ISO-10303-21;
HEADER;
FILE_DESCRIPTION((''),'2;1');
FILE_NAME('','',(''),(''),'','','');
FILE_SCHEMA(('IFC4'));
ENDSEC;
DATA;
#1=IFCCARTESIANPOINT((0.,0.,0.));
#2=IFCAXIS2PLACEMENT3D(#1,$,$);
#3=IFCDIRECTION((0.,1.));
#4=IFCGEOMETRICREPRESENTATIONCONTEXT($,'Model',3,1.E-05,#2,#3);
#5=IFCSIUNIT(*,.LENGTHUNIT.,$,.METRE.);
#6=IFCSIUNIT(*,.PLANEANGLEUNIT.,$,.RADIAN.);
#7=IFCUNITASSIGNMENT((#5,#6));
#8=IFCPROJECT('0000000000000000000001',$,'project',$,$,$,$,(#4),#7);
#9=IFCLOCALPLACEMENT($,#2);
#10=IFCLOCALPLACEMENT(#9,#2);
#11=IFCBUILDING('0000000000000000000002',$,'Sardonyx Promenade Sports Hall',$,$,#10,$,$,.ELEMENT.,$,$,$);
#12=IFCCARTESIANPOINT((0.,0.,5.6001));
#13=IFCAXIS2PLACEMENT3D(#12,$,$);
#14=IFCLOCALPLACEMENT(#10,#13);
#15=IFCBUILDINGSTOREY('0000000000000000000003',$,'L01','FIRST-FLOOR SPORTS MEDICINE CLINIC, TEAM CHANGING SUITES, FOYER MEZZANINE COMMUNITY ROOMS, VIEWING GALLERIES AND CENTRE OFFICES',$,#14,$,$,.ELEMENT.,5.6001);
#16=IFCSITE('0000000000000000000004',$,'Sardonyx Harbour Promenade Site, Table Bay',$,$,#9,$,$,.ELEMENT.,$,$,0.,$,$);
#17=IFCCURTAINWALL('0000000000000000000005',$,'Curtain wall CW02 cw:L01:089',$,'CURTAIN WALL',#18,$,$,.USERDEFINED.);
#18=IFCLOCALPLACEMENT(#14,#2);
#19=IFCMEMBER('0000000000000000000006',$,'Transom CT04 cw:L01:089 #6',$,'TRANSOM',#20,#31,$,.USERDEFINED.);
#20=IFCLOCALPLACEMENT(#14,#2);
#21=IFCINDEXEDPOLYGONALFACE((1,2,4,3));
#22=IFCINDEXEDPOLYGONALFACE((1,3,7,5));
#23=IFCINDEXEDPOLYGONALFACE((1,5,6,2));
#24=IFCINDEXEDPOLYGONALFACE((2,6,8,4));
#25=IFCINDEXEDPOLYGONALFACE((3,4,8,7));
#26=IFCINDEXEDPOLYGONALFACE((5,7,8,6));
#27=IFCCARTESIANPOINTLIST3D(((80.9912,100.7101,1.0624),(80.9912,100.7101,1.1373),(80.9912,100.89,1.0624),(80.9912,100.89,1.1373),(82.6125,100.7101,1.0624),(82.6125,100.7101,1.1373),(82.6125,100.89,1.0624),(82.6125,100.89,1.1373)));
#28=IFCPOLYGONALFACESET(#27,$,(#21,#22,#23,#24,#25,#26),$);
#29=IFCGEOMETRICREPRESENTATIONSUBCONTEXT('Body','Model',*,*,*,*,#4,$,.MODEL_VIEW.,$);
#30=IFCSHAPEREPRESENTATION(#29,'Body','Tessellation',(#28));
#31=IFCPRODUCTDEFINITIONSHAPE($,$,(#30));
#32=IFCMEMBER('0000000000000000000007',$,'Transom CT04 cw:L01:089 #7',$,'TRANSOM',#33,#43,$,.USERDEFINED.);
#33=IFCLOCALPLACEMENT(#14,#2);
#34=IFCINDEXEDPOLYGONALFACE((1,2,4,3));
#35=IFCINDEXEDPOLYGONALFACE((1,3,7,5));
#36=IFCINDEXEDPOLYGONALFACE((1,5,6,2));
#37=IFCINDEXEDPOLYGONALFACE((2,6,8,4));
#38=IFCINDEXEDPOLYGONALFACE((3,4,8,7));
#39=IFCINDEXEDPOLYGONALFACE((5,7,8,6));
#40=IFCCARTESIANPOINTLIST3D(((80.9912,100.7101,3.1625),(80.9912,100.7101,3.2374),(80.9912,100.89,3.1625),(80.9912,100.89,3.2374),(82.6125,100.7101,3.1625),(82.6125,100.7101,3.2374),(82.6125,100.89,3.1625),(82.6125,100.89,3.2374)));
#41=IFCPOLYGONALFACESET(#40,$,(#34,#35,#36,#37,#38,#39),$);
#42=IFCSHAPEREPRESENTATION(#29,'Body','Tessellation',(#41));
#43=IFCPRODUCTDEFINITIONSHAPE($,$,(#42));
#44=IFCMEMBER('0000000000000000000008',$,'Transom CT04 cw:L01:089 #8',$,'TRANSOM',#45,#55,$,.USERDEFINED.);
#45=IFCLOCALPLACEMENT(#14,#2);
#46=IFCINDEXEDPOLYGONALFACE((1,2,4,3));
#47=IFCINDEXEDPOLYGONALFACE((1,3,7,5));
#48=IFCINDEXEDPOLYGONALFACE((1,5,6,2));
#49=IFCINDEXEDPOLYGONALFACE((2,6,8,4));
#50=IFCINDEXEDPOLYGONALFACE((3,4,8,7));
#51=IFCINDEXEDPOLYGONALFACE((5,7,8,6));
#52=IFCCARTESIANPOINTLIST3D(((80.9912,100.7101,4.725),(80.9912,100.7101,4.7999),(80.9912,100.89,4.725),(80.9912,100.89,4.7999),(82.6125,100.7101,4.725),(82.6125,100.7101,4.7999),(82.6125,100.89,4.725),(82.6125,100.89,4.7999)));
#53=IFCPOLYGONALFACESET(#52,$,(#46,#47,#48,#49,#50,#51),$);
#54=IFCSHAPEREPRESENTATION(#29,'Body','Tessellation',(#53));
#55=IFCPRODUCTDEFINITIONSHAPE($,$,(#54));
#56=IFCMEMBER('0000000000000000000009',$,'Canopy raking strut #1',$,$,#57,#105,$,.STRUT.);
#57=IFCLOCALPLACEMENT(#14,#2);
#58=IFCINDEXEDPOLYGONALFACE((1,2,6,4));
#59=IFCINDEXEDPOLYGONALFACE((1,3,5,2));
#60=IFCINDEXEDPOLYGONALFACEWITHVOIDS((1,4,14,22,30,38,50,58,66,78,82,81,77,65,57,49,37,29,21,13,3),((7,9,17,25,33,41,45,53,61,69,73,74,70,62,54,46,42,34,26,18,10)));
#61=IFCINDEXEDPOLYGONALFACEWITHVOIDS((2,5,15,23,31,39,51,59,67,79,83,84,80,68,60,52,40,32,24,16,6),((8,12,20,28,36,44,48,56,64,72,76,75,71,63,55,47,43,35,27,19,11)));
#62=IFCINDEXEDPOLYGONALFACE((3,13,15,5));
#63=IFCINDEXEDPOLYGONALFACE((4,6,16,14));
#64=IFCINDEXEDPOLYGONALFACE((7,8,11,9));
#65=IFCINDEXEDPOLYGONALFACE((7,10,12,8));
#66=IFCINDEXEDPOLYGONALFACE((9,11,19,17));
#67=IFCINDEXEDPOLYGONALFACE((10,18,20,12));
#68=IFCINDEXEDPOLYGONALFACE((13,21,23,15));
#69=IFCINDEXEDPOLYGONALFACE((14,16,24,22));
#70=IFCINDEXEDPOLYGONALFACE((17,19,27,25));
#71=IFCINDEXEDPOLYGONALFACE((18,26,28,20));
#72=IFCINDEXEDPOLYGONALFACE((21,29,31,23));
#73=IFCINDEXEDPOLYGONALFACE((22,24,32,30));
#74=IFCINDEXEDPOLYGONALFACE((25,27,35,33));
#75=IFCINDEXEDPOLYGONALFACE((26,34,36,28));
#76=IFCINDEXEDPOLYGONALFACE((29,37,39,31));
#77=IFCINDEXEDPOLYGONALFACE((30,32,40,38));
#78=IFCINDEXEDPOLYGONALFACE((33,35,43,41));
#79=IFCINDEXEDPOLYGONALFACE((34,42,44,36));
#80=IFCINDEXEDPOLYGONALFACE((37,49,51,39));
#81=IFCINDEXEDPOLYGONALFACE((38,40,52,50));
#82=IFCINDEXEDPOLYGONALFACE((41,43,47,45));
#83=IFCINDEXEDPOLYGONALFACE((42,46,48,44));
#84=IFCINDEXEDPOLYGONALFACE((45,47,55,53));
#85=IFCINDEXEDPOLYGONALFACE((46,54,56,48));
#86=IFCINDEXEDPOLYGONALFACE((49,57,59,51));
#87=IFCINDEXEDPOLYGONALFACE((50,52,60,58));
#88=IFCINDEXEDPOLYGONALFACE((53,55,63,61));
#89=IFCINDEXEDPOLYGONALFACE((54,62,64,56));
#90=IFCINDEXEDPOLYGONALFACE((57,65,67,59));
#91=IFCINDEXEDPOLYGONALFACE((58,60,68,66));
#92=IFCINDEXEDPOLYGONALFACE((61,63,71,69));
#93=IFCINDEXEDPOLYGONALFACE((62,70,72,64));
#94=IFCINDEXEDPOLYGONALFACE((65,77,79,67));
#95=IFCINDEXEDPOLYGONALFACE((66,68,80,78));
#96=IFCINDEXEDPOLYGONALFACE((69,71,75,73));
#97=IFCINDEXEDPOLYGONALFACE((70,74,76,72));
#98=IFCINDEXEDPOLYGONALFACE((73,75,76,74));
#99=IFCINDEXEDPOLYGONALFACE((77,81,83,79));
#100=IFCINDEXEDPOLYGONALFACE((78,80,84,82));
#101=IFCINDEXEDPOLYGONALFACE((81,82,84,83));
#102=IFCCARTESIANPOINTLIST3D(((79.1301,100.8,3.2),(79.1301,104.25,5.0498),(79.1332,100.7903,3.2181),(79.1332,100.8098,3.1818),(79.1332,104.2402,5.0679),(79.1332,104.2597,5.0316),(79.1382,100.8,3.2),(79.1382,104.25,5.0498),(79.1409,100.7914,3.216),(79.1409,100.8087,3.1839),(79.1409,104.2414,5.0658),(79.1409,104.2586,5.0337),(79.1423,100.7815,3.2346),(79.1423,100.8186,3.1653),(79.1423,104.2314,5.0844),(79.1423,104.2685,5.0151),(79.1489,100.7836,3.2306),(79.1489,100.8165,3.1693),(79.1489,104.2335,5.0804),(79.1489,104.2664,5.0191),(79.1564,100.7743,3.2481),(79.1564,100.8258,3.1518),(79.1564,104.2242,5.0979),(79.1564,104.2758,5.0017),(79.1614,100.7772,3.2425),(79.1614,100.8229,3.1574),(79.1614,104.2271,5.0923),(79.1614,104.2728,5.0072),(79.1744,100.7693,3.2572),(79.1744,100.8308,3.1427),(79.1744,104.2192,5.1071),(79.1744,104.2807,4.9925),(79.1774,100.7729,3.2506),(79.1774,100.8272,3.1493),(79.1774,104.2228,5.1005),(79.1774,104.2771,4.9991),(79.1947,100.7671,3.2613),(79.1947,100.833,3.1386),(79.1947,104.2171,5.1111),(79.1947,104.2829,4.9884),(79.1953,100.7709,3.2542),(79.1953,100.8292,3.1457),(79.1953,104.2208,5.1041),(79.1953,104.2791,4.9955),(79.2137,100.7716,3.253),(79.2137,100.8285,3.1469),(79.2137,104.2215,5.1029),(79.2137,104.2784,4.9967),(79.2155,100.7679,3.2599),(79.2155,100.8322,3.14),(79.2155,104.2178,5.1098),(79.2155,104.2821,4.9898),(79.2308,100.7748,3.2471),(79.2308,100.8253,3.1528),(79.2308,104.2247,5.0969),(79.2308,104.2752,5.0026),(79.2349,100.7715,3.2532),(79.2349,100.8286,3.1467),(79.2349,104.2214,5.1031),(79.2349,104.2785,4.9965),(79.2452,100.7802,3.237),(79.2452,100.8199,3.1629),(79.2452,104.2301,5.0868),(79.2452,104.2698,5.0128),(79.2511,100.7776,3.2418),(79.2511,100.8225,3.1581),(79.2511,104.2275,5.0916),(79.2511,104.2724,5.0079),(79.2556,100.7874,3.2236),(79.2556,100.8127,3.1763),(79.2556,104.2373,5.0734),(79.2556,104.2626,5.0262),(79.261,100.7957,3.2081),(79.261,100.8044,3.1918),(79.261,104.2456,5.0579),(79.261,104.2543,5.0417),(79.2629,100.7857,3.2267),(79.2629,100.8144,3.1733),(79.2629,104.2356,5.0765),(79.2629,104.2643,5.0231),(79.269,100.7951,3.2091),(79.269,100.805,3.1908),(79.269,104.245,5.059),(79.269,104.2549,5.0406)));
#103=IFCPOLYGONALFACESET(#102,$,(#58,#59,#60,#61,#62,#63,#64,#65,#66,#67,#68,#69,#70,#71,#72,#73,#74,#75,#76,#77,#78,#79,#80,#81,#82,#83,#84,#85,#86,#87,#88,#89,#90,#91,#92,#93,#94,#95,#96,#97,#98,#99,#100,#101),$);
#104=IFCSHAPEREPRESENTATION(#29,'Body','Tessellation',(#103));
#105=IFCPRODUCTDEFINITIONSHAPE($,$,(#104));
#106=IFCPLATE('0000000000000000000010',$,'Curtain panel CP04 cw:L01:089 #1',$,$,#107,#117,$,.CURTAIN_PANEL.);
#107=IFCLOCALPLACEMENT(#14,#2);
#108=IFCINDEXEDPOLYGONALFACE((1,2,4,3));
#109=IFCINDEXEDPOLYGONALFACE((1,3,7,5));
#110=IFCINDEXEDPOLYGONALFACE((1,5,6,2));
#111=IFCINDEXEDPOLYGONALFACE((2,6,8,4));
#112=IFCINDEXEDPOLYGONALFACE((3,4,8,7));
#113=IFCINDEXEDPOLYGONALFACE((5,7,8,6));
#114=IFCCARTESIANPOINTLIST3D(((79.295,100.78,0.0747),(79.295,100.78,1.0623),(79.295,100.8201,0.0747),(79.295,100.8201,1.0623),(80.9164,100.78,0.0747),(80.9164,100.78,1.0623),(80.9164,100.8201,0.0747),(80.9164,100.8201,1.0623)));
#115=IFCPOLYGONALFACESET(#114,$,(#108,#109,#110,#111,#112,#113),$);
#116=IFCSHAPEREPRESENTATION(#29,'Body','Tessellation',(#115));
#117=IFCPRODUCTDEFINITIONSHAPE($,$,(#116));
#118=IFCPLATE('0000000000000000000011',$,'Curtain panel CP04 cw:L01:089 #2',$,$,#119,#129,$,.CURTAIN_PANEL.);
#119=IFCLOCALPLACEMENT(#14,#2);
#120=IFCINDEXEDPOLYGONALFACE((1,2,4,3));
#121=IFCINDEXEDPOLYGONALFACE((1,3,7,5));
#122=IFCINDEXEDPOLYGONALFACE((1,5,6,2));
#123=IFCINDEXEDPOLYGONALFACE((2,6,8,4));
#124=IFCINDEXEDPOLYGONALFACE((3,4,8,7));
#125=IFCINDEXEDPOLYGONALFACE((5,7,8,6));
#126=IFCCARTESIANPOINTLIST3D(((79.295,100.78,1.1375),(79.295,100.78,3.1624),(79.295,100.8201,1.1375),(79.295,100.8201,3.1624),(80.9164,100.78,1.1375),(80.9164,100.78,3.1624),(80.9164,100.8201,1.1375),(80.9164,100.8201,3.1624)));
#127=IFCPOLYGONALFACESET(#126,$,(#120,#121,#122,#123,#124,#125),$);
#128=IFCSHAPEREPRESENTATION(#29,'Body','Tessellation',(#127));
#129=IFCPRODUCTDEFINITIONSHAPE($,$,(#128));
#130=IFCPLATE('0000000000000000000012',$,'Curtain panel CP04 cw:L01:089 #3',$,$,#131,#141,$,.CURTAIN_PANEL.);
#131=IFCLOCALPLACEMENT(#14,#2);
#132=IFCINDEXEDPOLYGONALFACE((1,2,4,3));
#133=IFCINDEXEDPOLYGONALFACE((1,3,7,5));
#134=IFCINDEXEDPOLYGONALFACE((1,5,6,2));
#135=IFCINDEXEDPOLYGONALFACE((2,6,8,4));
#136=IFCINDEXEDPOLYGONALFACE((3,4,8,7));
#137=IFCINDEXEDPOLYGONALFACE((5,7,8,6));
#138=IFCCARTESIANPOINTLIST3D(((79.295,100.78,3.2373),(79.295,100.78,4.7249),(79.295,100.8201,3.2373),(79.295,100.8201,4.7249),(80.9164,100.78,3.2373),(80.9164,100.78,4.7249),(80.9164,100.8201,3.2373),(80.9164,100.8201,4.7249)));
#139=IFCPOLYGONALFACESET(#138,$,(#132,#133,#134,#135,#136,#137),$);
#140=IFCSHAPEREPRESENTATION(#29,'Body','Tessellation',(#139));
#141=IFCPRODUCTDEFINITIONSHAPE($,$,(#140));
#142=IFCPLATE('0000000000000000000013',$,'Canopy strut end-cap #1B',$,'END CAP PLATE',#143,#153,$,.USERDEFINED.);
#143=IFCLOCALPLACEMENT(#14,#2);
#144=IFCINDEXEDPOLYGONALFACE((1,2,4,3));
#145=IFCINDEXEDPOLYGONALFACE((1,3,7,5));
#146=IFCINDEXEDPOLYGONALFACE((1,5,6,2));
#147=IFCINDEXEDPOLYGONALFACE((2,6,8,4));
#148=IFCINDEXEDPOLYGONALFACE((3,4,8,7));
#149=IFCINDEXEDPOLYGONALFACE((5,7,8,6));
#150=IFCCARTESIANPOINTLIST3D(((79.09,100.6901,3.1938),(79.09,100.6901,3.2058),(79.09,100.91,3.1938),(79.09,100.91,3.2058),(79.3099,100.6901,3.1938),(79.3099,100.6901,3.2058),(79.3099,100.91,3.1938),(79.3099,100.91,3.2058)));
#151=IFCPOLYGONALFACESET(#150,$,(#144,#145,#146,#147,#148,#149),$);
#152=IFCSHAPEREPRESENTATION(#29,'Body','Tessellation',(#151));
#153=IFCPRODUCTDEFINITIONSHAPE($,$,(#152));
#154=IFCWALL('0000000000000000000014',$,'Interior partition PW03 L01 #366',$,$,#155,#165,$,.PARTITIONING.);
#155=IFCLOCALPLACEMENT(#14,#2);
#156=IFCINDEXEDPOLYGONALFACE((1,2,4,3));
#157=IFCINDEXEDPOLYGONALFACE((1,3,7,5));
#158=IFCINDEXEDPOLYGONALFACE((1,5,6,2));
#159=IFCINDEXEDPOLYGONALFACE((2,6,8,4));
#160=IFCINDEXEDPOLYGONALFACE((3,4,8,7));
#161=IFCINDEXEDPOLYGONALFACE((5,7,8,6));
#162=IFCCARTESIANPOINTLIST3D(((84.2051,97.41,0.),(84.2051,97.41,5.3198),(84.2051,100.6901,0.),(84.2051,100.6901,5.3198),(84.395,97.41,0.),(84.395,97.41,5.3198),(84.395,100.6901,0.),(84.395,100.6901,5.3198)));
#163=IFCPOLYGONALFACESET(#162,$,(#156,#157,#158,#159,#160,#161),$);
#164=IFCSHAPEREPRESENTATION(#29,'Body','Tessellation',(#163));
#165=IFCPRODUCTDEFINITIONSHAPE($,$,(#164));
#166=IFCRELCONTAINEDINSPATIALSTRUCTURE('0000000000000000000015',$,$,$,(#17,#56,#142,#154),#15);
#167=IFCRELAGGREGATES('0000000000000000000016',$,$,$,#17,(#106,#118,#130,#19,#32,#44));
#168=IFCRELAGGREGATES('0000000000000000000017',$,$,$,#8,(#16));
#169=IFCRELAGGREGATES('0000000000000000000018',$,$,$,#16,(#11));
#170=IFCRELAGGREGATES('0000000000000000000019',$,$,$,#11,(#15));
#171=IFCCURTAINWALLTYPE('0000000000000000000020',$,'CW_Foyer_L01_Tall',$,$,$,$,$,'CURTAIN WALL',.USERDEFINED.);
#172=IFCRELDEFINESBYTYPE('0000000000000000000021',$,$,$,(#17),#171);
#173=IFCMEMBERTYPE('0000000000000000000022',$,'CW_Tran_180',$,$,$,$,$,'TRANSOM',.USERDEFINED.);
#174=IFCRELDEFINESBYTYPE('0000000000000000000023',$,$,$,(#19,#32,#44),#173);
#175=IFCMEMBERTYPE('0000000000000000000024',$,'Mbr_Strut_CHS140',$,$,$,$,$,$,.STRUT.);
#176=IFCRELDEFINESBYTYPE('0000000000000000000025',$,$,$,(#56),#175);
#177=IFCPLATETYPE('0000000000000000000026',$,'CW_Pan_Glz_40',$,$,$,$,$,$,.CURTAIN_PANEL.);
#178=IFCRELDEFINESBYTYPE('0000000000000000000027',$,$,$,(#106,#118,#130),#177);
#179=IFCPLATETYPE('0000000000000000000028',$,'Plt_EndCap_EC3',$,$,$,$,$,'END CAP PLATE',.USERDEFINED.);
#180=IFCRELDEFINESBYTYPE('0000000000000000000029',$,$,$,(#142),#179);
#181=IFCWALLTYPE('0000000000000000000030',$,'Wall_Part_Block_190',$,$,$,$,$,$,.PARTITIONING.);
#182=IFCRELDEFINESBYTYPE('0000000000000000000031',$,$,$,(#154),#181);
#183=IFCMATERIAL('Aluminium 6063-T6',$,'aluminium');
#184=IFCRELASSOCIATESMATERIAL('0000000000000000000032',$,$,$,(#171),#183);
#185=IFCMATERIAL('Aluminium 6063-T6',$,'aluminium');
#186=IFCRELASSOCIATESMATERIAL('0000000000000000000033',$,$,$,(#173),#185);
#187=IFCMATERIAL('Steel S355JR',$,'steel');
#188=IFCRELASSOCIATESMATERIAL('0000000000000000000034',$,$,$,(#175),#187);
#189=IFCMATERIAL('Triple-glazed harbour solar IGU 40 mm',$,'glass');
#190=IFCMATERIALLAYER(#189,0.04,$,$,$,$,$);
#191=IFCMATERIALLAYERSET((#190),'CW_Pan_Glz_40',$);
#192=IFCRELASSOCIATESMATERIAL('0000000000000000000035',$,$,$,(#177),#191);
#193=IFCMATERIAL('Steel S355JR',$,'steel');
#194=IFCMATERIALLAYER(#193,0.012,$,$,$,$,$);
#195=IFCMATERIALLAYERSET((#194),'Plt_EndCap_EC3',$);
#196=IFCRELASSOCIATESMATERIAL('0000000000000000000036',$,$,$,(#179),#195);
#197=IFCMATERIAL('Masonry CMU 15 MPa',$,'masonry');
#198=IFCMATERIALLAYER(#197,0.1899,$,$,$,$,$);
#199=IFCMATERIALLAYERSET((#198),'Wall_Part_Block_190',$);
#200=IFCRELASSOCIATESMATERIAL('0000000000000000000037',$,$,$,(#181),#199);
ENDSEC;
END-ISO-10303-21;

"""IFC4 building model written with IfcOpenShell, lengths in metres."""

from ifc_helpers import new_model, si_unit, direction, frame, frame_2d, origin, origin_2d, place, context, subcontext, project, spatial, rectangle, hollow_circle, extrude, material, layer, layer_set, material_profile, profile_set, type_object, element, aggregate, save


model = new_model("IFC4")

# Units and contexts
model_context = context("Model", 3, precision=1e-05, world=origin(), true_north=direction((0.0, 1.0)))
body_context = subcontext(model_context, "Body", "Model", "MODEL_VIEW")
ifc_project = project(units=[si_unit("LENGTHUNIT", "METRE"), si_unit("PLANEANGLEUNIT", "RADIAN")], contexts=[model_context])

# Site, building, storey
site_placement = place(None, origin())
site = spatial("IfcSite", under=ifc_project, at=site_placement, Name="Sardonyx Harbour Promenade Site, Table Bay", CompositionType="ELEMENT", RefElevation=0.0)
building_placement = place(site_placement, origin())
building = spatial("IfcBuilding", under=site, at=building_placement, Name="Sardonyx Promenade Sports Hall", CompositionType="ELEMENT")
storey_placement = place(building_placement, frame((0.0, 0.0, 5.6001)))
storey = spatial("IfcBuildingStorey", under=building, at=storey_placement, Name="L01", Description="FIRST-FLOOR SPORTS MEDICINE CLINIC, TEAM CHANGING SUITES, FOYER MEZZANINE COMMUNITY ROOMS, VIEWING GALLERIES AND CENTRE OFFICES", CompositionType="ELEMENT", Elevation=5.6001)

# Curtain wall, members
ifc_material_1 = material(Name="Aluminium 6063-T6", Category="aluminium")
curtain_wall_type = type_object("IfcCurtainWallType", Name="CW_Foyer_L01_Tall", ElementType="CURTAIN WALL", PredefinedType="USERDEFINED", material=ifc_material_1)
curtain_wall_placement = place(storey_placement, origin())
curtain_wall = element("IfcCurtainWall", 1, at=curtain_wall_placement, inside=storey, type_object=curtain_wall_type, Name="Curtain wall CW02 cw:L01:089", ObjectType="CURTAIN WALL", PredefinedType="USERDEFINED")
ifc_material_2 = material(Name="Aluminium 6063-T6", Category="aluminium")
ifc_material_profile_1 = material_profile(ifc_material_2, rectangle(XDim=0.075, YDim=0.1799, at=origin_2d()))
ifc_profile_set_1 = profile_set([ifc_material_profile_1], Name="Aluminium 6063-T6")
member_type_1 = type_object("IfcMemberType", Name="CW_Tran_180", ElementType="TRANSOM", PredefinedType="USERDEFINED", material=ifc_profile_set_1)
member_1_placement = place(storey_placement, frame((80.9912, 100.8, 1.0999), z_axis=(1.0, 0.0, 0.0), x_axis=(0.0, 0.0, 1.0)))
member_1 = element("IfcMember", 2, at=member_1_placement, type_object=member_type_1, Name="Transom CT04 cw:L01:089 #6", ObjectType="TRANSOM", PredefinedType="USERDEFINED", context=body_context, shape_type="SweptSolid", body=[
    extrude(rectangle(XDim=0.075, YDim=0.1799, at=origin_2d()), origin(), (0.0, 0.0, 1.0), 1.6213),
])
member_2_placement = place(storey_placement, frame((80.9912, 100.8, 3.2), z_axis=(1.0, 0.0, 0.0), x_axis=(0.0, 0.0, 1.0)))
member_2 = element("IfcMember", 3, at=member_2_placement, type_object=member_type_1, Name="Transom CT04 cw:L01:089 #7", ObjectType="TRANSOM", PredefinedType="USERDEFINED", context=body_context, shape_type="SweptSolid", body=[
    extrude(rectangle(XDim=0.075, YDim=0.1799, at=origin_2d()), origin(), (0.0, 0.0, 1.0), 1.6213),
])
member_3_placement = place(storey_placement, frame((80.9912, 100.8, 4.7625), z_axis=(1.0, 0.0, 0.0), x_axis=(0.0, 0.0, 1.0)))
member_3 = element("IfcMember", 4, at=member_3_placement, type_object=member_type_1, Name="Transom CT04 cw:L01:089 #8", ObjectType="TRANSOM", PredefinedType="USERDEFINED", context=body_context, shape_type="SweptSolid", body=[
    extrude(rectangle(XDim=0.075, YDim=0.1799, at=origin_2d()), origin(), (0.0, 0.0, 1.0), 1.6213),
])

# Member
ifc_material_3 = material(Name="Steel S355JR", Category="steel")
ifc_material_profile_2 = material_profile(ifc_material_3, hollow_circle(Radius=0.0698, WallThickness=0.0081, at=origin_2d()))
ifc_profile_set_2 = profile_set([ifc_material_profile_2], Name="Steel S355JR")
member_type_2 = type_object("IfcMemberType", Name="Mbr_Strut_CHS140", PredefinedType="STRUT", material=ifc_profile_set_2)
member_4_placement = place(storey_placement, frame((79.2, 100.8, 3.2), z_axis=(0.0, 0.881303, 0.472552), x_axis=(-1.0, 0.0, 0.0)))
element("IfcMember", 5, at=member_4_placement, inside=storey, type_object=member_type_2, Name="Canopy raking strut #1", PredefinedType="STRUT", context=body_context, shape_type="SweptSolid", body=[
    extrude(hollow_circle(Radius=0.0698, WallThickness=0.0081, at=origin_2d()), origin(), (0.0, 0.0, 1.0), 3.9146),
])

# Plates
ifc_material_4 = material(Name="Triple-glazed harbour solar IGU 40 mm", Category="glass")
ifc_layer_1 = layer(ifc_material_4, 0.04)
ifc_layer_set_1 = layer_set([ifc_layer_1], Name="CW_Pan_Glz_40")
plate_type_1 = type_object("IfcPlateType", Name="CW_Pan_Glz_40", PredefinedType="CURTAIN_PANEL", material=ifc_layer_set_1)
plate_1_placement = place(storey_placement, frame((80.1057, 100.8, 0.0747), z_axis=(0.0, 0.0, 1.0), x_axis=(1.0, 0.0, 0.0)))
plate_1 = element("IfcPlate", 6, at=plate_1_placement, type_object=plate_type_1, Name="Curtain panel CP04 cw:L01:089 #1", PredefinedType="CURTAIN_PANEL", context=body_context, shape_type="SweptSolid", body=[
    extrude(rectangle(XDim=1.6213, YDim=0.04, at=origin_2d()), origin(), (0.0, 0.0, 1.0), 0.9875),
])
plate_2_placement = place(storey_placement, frame((80.1057, 100.8, 1.1375), z_axis=(0.0, 0.0, 1.0), x_axis=(1.0, 0.0, 0.0)))
plate_2 = element("IfcPlate", 7, at=plate_2_placement, type_object=plate_type_1, Name="Curtain panel CP04 cw:L01:089 #2", PredefinedType="CURTAIN_PANEL", context=body_context, shape_type="SweptSolid", body=[
    extrude(rectangle(XDim=1.6213, YDim=0.04, at=origin_2d()), origin(), (0.0, 0.0, 1.0), 2.0249),
])
plate_3_placement = place(storey_placement, frame((80.1057, 100.8, 3.2373), z_axis=(0.0, 0.0, 1.0), x_axis=(1.0, 0.0, 0.0)))
plate_3 = element("IfcPlate", 8, at=plate_3_placement, type_object=plate_type_1, Name="Curtain panel CP04 cw:L01:089 #3", PredefinedType="CURTAIN_PANEL", context=body_context, shape_type="SweptSolid", body=[
    extrude(rectangle(XDim=1.6213, YDim=0.04, at=origin_2d()), origin(), (0.0, 0.0, 1.0), 1.4875),
])
aggregate(curtain_wall, [plate_1, plate_2, plate_3, member_1, member_2, member_3])
ifc_material_5 = material(Name="Steel S355JR", Category="steel")
ifc_layer_2 = layer(ifc_material_5, 0.012)
ifc_layer_set_2 = layer_set([ifc_layer_2], Name="Plt_EndCap_EC3")
plate_type_2 = type_object("IfcPlateType", Name="Plt_EndCap_EC3", ElementType="END CAP PLATE", PredefinedType="USERDEFINED", material=ifc_layer_set_2)
plate_4_placement = place(storey_placement, frame((79.2, 100.8, 3.1938), z_axis=(0.0, 0.0, 1.0), x_axis=(1.0, 0.0, 0.0)))
element("IfcPlate", 9, at=plate_4_placement, inside=storey, type_object=plate_type_2, Name="Canopy strut end-cap #1B", ObjectType="END CAP PLATE", PredefinedType="USERDEFINED", context=body_context, shape_type="SweptSolid", body=[
    extrude(rectangle(XDim=0.22, YDim=0.22, at=origin_2d()), origin(), (0.0, 0.0, 1.0), 0.012),
])

# Shared definitions
ifc_material_6 = material(Name="Masonry CMU 15 MPa", Category="masonry")
ifc_layer_3 = layer(ifc_material_6, 0.1899)
ifc_layer_set_3 = layer_set([ifc_layer_3], Name="Wall_Part_Block_190")
wall_type = type_object("IfcWallType", Name="Wall_Part_Block_190", PredefinedType="PARTITIONING", material=ifc_layer_set_3)

# Wall
wall_1_placement = place(storey_placement, frame((84.3, 97.4099, 0.0), z_axis=(0.0, 0.0, 1.0), x_axis=(0.0, 1.0, 0.0)))
element("IfcWall", 10, at=wall_1_placement, inside=storey, type_object=wall_type, Name="Interior partition PW03 L01 #366", PredefinedType="PARTITIONING", context=body_context, shape_type="SweptSolid", body=[
    extrude(rectangle(XDim=3.28, YDim=0.1899, at=frame_2d((1.6401, 0.0))), origin(), (0.0, 0.0, 1.0), 5.3198),
])

save(model, "model.ifc")
